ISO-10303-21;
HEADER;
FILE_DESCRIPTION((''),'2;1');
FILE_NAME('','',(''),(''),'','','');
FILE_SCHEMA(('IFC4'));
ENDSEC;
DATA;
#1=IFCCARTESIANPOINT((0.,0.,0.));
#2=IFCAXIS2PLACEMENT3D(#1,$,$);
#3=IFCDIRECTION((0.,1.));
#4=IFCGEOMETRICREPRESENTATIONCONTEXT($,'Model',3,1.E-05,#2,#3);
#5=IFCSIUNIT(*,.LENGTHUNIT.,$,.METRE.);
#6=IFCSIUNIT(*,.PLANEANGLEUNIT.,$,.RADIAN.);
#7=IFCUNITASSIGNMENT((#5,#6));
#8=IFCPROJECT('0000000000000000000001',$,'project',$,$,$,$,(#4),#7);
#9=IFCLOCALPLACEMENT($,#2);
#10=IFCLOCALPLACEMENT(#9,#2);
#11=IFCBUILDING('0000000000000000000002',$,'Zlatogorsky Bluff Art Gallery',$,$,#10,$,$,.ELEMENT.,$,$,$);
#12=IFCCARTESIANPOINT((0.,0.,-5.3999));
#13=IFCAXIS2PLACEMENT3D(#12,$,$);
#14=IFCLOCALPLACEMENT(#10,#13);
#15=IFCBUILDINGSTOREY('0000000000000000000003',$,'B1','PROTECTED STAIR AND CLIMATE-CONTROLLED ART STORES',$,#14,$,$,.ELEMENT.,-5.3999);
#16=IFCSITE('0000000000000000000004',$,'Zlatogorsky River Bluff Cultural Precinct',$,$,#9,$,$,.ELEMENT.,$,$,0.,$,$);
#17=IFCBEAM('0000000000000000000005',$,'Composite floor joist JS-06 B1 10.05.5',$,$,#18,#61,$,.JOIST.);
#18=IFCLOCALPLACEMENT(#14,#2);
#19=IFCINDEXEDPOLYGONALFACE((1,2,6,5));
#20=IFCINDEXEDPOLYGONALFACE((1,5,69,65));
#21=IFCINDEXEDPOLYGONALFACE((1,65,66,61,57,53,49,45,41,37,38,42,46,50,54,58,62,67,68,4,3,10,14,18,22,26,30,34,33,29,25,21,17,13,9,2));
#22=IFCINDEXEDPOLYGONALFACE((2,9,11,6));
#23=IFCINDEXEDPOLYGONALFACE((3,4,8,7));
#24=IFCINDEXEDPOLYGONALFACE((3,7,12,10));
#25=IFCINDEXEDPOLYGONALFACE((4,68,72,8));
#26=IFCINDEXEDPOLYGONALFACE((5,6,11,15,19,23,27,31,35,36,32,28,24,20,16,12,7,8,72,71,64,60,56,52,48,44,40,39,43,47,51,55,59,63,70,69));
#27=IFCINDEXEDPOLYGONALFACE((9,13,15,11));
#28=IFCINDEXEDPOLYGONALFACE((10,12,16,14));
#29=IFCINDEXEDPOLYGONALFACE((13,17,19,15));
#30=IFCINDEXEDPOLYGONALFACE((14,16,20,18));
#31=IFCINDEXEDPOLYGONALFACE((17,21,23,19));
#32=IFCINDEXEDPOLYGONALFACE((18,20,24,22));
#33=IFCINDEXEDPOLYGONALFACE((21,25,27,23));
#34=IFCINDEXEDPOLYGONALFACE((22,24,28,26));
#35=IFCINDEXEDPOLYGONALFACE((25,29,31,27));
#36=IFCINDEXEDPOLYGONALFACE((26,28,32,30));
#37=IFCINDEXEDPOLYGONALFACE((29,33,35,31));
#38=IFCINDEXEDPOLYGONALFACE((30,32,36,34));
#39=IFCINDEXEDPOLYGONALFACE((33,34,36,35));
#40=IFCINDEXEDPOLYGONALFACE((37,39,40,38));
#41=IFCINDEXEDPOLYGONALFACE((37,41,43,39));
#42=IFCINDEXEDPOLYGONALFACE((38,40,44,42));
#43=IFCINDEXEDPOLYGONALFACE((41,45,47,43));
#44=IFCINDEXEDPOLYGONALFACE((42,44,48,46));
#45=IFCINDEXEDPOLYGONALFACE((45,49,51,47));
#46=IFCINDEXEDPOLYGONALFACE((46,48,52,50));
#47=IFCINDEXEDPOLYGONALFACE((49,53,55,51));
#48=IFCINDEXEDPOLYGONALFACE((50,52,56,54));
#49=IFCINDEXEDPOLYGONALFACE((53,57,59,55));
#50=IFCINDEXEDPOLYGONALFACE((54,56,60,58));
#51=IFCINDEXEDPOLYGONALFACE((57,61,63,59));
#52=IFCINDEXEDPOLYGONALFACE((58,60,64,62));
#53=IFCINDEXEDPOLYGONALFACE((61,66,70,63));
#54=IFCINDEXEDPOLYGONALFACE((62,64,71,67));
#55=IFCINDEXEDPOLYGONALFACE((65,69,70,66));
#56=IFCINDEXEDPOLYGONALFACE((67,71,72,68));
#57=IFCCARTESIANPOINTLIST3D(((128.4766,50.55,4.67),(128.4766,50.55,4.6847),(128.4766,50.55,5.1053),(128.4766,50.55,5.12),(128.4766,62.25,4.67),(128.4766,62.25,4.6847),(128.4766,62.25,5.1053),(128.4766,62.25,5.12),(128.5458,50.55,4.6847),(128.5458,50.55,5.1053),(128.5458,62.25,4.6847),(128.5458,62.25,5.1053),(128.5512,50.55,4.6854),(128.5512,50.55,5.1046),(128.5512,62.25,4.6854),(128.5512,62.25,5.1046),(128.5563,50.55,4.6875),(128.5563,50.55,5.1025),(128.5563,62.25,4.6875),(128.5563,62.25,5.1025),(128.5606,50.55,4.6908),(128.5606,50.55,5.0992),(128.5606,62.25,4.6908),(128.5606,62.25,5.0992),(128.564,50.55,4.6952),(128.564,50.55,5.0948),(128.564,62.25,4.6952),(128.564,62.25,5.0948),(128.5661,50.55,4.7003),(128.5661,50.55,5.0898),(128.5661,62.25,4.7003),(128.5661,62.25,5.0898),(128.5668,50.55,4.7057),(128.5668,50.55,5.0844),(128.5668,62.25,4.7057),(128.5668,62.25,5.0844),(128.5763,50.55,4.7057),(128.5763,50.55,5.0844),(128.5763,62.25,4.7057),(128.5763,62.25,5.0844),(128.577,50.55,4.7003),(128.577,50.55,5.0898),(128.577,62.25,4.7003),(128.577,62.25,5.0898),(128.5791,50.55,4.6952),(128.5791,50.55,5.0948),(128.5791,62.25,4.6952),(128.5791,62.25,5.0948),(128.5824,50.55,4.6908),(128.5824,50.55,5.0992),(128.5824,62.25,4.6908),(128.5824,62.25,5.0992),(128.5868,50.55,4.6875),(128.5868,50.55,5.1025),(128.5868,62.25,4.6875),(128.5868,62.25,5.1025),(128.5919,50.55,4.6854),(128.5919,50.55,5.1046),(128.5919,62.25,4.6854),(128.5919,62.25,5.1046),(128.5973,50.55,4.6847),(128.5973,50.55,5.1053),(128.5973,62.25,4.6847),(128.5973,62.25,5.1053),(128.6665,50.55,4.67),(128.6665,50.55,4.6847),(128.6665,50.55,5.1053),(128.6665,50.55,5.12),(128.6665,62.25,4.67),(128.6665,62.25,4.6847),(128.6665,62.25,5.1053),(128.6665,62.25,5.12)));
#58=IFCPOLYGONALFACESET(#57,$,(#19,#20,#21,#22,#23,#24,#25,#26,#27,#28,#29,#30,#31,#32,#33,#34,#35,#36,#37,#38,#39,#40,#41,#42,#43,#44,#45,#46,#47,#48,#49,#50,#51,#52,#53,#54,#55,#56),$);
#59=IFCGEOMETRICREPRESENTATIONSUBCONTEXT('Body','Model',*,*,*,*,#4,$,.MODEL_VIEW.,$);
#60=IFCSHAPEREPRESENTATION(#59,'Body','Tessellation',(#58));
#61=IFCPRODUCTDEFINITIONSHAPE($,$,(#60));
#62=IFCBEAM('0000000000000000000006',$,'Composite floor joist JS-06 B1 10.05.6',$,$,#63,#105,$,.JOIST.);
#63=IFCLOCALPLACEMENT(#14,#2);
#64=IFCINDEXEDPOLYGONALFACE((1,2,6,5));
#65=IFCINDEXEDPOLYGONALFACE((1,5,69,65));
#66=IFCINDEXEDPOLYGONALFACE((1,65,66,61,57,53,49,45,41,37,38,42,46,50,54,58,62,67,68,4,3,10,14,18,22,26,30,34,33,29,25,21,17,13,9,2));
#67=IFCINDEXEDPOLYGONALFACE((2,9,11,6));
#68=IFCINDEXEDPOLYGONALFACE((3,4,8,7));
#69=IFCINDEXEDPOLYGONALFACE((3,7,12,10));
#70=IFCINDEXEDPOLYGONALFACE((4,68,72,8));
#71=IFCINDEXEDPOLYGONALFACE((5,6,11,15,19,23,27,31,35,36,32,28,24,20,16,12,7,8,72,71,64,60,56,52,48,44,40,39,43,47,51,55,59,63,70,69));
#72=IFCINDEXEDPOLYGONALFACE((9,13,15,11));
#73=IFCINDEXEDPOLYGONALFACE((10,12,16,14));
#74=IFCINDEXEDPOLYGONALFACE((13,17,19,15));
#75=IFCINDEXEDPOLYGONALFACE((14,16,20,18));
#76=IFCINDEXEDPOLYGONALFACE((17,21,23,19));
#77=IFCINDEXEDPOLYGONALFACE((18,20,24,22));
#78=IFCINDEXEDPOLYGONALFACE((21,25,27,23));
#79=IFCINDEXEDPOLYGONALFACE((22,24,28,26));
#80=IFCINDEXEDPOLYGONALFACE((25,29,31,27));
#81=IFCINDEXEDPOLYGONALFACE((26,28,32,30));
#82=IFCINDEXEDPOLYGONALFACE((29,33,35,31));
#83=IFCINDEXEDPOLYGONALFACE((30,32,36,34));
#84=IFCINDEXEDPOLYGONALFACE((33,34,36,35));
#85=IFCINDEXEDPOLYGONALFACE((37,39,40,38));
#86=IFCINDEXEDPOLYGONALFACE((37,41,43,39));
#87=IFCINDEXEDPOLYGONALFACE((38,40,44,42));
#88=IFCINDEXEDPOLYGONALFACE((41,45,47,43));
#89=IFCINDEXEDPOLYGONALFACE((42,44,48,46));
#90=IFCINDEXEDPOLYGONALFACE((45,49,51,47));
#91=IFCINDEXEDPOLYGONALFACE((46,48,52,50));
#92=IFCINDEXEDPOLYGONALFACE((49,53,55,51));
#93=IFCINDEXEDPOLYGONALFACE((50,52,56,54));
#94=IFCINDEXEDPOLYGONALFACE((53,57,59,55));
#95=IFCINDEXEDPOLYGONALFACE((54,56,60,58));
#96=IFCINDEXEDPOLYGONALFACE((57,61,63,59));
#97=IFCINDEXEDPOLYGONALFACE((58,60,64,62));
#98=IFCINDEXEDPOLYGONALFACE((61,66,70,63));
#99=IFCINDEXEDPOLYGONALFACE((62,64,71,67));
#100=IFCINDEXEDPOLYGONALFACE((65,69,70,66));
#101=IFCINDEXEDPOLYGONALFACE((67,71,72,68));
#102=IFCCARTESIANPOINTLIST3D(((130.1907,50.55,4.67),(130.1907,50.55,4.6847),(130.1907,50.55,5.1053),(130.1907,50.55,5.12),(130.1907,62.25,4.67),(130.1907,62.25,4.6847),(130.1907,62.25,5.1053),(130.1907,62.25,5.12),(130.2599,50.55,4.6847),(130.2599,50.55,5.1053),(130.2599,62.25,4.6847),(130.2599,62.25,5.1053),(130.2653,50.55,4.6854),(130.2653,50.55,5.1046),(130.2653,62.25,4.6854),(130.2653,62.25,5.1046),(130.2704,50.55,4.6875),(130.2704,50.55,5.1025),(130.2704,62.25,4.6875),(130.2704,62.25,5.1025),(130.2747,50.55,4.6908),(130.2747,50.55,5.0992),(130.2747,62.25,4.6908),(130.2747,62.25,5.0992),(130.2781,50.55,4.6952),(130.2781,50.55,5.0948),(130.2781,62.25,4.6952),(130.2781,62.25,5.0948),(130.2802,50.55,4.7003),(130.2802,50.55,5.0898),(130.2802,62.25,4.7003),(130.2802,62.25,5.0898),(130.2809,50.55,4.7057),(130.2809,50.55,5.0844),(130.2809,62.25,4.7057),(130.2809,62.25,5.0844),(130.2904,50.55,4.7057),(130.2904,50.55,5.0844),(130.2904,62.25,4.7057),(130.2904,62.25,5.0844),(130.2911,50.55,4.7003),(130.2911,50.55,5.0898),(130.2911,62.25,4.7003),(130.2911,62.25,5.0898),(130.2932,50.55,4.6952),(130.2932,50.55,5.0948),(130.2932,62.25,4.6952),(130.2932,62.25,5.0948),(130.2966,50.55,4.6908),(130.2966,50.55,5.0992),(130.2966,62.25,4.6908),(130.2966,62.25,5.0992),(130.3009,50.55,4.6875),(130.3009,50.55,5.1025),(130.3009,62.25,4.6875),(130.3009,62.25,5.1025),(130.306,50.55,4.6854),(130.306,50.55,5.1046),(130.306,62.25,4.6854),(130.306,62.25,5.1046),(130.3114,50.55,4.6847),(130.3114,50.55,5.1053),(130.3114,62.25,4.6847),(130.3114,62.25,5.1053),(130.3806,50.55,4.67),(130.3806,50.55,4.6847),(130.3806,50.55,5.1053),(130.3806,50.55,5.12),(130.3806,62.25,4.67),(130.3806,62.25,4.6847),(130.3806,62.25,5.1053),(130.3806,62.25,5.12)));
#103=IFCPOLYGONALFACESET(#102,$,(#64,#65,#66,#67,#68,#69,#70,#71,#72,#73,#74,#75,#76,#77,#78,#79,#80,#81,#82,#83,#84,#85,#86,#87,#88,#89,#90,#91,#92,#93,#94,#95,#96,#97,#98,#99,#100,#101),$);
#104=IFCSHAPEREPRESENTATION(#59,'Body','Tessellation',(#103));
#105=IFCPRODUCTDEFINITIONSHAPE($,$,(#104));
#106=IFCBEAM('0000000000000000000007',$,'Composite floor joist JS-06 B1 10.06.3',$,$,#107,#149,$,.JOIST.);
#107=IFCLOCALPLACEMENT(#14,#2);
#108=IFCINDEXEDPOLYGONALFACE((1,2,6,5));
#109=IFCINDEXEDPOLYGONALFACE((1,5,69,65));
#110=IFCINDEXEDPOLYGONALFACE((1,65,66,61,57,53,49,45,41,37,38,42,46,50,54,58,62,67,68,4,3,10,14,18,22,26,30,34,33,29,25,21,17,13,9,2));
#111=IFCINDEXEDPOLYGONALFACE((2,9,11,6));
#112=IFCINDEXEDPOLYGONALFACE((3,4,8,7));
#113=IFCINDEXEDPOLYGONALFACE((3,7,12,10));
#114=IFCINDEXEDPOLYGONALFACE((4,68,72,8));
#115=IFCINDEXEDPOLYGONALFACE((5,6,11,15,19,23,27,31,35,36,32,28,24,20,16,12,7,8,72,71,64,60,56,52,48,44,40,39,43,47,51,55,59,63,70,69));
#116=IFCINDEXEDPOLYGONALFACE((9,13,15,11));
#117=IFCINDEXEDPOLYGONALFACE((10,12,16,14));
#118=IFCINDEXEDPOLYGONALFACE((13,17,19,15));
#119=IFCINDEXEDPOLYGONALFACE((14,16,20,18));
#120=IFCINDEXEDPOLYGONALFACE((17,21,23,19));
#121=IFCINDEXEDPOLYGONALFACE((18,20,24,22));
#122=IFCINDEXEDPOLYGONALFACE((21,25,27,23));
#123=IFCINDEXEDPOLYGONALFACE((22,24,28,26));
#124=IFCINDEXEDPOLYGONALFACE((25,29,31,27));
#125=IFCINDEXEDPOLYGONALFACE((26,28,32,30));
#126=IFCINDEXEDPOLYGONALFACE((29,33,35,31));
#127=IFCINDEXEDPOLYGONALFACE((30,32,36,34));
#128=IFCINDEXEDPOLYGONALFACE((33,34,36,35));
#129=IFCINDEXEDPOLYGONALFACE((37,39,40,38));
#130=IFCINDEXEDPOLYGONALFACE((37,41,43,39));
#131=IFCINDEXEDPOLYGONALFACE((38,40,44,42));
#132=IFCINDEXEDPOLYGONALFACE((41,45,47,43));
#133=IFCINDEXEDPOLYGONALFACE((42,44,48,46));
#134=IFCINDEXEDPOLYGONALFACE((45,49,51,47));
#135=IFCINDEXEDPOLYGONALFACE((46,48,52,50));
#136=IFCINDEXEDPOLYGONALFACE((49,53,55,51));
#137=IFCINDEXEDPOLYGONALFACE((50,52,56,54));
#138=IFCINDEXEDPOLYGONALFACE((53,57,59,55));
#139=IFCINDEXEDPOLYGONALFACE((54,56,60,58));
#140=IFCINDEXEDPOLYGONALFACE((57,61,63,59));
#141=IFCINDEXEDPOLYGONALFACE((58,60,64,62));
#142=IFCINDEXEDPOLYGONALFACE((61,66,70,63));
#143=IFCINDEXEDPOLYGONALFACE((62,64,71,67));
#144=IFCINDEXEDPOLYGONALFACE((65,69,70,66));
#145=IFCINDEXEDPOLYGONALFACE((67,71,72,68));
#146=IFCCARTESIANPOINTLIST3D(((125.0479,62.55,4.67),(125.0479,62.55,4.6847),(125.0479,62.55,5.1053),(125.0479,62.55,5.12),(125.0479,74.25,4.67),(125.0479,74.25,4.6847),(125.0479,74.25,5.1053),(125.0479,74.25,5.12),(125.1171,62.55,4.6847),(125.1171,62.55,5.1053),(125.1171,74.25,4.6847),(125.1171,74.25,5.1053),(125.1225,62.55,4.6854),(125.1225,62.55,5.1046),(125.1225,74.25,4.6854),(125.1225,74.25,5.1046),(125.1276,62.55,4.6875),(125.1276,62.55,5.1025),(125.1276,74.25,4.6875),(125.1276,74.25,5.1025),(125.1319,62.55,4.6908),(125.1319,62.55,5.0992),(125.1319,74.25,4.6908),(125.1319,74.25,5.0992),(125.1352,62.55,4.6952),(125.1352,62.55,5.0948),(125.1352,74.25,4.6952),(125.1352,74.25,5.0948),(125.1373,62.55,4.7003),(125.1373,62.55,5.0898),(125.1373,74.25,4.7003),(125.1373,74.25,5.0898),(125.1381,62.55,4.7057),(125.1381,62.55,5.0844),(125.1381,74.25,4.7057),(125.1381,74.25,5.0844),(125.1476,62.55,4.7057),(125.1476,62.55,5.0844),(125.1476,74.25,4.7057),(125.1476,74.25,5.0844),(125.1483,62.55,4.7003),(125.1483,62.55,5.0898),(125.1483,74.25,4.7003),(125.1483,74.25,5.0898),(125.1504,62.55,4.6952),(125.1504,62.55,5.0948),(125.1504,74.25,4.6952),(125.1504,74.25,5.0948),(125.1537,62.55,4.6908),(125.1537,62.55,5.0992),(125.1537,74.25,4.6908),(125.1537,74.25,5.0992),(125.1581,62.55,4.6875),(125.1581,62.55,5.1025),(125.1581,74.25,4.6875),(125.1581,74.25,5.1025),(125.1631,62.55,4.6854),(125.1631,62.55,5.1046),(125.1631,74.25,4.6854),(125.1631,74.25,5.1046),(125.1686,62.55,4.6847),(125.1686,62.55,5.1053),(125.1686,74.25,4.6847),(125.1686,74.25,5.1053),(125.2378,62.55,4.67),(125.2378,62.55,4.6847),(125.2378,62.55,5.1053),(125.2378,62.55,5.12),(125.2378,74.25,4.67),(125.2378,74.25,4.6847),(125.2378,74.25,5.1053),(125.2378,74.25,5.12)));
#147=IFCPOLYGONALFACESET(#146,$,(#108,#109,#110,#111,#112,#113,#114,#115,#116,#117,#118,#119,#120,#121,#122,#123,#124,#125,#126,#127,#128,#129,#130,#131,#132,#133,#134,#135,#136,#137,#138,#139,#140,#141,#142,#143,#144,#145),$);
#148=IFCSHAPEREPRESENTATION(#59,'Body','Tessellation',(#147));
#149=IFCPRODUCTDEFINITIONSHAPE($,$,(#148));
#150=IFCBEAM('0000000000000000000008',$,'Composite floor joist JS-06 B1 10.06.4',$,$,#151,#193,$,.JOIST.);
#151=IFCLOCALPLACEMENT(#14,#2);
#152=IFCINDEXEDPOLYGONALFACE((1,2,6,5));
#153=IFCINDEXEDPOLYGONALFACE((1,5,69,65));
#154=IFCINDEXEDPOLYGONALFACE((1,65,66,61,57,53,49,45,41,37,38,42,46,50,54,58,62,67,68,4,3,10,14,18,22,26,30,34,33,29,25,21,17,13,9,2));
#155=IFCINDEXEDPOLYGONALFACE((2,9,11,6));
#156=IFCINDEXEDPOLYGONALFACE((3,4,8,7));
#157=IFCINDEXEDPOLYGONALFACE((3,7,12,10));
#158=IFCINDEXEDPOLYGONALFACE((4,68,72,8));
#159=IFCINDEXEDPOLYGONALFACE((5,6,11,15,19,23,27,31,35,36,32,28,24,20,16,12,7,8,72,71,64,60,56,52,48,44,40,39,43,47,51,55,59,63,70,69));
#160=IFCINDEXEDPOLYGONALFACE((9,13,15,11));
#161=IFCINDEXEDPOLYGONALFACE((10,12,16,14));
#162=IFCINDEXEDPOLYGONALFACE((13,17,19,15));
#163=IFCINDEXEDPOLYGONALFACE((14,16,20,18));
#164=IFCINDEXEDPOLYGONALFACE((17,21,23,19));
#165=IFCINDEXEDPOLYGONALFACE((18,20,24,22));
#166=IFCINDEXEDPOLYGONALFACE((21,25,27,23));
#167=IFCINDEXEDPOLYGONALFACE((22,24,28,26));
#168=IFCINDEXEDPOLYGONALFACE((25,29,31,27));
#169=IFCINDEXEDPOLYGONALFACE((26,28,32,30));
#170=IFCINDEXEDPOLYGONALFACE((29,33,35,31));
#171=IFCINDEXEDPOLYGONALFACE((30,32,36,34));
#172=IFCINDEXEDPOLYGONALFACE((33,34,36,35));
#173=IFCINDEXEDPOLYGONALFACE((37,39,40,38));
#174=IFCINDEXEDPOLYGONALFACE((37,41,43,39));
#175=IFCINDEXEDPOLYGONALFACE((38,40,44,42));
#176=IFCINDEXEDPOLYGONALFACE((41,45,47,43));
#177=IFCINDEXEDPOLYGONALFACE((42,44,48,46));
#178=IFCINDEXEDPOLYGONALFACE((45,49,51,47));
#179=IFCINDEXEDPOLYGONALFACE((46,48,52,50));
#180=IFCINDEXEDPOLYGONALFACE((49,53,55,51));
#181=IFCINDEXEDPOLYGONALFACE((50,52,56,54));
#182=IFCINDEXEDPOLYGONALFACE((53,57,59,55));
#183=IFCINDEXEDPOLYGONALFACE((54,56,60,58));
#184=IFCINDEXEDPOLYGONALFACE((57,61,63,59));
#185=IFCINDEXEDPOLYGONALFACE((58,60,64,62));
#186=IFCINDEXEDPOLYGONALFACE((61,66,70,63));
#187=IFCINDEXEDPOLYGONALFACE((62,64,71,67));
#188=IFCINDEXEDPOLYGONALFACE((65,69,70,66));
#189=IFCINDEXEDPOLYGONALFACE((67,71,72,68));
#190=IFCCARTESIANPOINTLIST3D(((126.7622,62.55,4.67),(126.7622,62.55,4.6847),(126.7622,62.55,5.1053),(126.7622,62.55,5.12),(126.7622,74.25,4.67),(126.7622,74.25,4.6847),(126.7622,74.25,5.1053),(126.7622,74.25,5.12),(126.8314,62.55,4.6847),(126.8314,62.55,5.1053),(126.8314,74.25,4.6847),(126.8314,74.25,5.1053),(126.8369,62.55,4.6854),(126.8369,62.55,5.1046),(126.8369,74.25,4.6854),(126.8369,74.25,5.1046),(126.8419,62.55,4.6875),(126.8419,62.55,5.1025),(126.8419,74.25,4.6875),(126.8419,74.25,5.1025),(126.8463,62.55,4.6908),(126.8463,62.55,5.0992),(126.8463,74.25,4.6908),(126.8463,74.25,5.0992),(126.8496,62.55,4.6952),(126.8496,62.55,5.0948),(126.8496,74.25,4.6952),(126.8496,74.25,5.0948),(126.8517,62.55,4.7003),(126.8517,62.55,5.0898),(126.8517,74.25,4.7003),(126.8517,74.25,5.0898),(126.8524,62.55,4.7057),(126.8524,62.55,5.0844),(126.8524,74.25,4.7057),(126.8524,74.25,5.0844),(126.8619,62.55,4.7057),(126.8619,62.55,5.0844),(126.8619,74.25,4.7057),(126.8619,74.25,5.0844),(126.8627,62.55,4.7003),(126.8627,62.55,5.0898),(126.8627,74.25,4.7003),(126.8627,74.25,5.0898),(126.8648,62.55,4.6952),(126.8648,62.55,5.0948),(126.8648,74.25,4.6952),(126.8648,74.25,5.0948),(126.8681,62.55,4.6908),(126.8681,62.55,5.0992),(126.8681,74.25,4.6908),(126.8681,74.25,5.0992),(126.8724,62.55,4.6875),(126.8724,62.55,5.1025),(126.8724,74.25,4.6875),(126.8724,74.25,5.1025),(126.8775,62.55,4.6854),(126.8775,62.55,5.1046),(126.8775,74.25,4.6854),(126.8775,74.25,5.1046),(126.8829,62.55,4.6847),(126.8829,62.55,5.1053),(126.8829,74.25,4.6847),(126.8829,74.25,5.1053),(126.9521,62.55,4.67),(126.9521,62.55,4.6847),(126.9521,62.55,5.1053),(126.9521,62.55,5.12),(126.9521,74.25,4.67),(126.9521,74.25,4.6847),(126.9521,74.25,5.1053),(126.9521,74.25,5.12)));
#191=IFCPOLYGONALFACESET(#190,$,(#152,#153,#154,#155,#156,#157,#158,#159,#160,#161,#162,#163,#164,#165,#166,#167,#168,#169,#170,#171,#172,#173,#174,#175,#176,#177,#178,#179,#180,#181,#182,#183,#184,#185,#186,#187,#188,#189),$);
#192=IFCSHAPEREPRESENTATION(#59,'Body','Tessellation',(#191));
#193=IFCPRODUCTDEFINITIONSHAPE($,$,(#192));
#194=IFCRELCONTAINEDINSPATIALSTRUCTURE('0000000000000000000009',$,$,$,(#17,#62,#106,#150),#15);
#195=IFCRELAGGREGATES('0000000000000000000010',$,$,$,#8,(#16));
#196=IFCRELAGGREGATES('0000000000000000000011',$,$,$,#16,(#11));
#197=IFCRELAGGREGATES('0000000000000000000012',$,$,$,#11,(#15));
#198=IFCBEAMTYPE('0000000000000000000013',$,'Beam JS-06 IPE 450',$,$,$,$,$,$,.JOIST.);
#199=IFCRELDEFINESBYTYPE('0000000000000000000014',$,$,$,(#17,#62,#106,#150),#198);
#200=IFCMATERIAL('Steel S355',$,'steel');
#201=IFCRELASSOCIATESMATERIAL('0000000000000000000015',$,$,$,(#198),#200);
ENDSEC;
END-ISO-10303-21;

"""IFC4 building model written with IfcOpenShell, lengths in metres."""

from ifc_helpers import new_model, si_unit, direction, frame, origin, origin_2d, place, context, subcontext, project, spatial, i_section, extrude, material, material_profile, profile_set, type_object, element, save


model = new_model("IFC4")

# Units and contexts
model_context = context("Model", 3, precision=1e-05, world=origin(), true_north=direction((0.0, 1.0)))
body_context = subcontext(model_context, "Body", "Model", "MODEL_VIEW")
ifc_project = project(units=[si_unit("LENGTHUNIT", "METRE"), si_unit("PLANEANGLEUNIT", "RADIAN")], contexts=[model_context])

# Site, building, storey
site_placement = place(None, origin())
site = spatial("IfcSite", under=ifc_project, at=site_placement, Name="Zlatogorsky River Bluff Cultural Precinct", CompositionType="ELEMENT", RefElevation=0.0)
building_placement = place(site_placement, origin())
building = spatial("IfcBuilding", under=site, at=building_placement, Name="Zlatogorsky Bluff Art Gallery", CompositionType="ELEMENT")
storey_placement = place(building_placement, frame((0.0, 0.0, -5.3999)))
storey = spatial("IfcBuildingStorey", under=building, at=storey_placement, Name="B1", Description="PROTECTED STAIR AND CLIMATE-CONTROLLED ART STORES", CompositionType="ELEMENT", Elevation=-5.3999)

# Beams
ifc_material_1 = material(Name="Steel S355", Category="steel")
ifc_material_profile_1 = material_profile(ifc_material_1, i_section(OverallWidth=0.1899, OverallDepth=0.45, WebThickness=0.0095, FlangeThickness=0.0146, FilletRadius=0.021, at=origin_2d()), Name="IPE 450")
ifc_profile_set_1 = profile_set([ifc_material_profile_1], Name="Steel S355")
beam_type_1 = type_object("IfcBeamType", Name="Beam JS-06 IPE 450", PredefinedType="JOIST", material=ifc_profile_set_1)
for number, where, z_axis, x_axis, name in (
    (1, (128.5715, 50.55, 4.895), (0.0, 1.0, 0.0), (-1.0, 0.0, 0.0), "Composite floor joist JS-06 B1 10.05.5"),
    (2, (130.2856, 50.55, 4.895), (0.0, 1.0, 0.0), (-1.0, 0.0, 0.0), "Composite floor joist JS-06 B1 10.05.6"),
    (3, (125.1428, 62.55, 4.895), (0.0, 1.0, 0.0), (-1.0, 0.0, 0.0), "Composite floor joist JS-06 B1 10.06.3"),
    (4, (126.8572, 62.55, 4.895), (0.0, 1.0, 0.0), (-1.0, 0.0, 0.0), "Composite floor joist JS-06 B1 10.06.4"),
):
    element("IfcBeam", number, at=place(storey_placement, frame(where, z_axis=z_axis, x_axis=x_axis)), inside=storey, type_object=beam_type_1, Name=name, PredefinedType="JOIST", context=body_context, shape_type="SweptSolid", body=[
        extrude(i_section(OverallWidth=0.1899, OverallDepth=0.45, WebThickness=0.0095, FlangeThickness=0.0146, FilletRadius=0.021, at=origin_2d()), origin(), (0.0, 0.0, 1.0), 11.7),
    ])

save(model, "model.ifc")
